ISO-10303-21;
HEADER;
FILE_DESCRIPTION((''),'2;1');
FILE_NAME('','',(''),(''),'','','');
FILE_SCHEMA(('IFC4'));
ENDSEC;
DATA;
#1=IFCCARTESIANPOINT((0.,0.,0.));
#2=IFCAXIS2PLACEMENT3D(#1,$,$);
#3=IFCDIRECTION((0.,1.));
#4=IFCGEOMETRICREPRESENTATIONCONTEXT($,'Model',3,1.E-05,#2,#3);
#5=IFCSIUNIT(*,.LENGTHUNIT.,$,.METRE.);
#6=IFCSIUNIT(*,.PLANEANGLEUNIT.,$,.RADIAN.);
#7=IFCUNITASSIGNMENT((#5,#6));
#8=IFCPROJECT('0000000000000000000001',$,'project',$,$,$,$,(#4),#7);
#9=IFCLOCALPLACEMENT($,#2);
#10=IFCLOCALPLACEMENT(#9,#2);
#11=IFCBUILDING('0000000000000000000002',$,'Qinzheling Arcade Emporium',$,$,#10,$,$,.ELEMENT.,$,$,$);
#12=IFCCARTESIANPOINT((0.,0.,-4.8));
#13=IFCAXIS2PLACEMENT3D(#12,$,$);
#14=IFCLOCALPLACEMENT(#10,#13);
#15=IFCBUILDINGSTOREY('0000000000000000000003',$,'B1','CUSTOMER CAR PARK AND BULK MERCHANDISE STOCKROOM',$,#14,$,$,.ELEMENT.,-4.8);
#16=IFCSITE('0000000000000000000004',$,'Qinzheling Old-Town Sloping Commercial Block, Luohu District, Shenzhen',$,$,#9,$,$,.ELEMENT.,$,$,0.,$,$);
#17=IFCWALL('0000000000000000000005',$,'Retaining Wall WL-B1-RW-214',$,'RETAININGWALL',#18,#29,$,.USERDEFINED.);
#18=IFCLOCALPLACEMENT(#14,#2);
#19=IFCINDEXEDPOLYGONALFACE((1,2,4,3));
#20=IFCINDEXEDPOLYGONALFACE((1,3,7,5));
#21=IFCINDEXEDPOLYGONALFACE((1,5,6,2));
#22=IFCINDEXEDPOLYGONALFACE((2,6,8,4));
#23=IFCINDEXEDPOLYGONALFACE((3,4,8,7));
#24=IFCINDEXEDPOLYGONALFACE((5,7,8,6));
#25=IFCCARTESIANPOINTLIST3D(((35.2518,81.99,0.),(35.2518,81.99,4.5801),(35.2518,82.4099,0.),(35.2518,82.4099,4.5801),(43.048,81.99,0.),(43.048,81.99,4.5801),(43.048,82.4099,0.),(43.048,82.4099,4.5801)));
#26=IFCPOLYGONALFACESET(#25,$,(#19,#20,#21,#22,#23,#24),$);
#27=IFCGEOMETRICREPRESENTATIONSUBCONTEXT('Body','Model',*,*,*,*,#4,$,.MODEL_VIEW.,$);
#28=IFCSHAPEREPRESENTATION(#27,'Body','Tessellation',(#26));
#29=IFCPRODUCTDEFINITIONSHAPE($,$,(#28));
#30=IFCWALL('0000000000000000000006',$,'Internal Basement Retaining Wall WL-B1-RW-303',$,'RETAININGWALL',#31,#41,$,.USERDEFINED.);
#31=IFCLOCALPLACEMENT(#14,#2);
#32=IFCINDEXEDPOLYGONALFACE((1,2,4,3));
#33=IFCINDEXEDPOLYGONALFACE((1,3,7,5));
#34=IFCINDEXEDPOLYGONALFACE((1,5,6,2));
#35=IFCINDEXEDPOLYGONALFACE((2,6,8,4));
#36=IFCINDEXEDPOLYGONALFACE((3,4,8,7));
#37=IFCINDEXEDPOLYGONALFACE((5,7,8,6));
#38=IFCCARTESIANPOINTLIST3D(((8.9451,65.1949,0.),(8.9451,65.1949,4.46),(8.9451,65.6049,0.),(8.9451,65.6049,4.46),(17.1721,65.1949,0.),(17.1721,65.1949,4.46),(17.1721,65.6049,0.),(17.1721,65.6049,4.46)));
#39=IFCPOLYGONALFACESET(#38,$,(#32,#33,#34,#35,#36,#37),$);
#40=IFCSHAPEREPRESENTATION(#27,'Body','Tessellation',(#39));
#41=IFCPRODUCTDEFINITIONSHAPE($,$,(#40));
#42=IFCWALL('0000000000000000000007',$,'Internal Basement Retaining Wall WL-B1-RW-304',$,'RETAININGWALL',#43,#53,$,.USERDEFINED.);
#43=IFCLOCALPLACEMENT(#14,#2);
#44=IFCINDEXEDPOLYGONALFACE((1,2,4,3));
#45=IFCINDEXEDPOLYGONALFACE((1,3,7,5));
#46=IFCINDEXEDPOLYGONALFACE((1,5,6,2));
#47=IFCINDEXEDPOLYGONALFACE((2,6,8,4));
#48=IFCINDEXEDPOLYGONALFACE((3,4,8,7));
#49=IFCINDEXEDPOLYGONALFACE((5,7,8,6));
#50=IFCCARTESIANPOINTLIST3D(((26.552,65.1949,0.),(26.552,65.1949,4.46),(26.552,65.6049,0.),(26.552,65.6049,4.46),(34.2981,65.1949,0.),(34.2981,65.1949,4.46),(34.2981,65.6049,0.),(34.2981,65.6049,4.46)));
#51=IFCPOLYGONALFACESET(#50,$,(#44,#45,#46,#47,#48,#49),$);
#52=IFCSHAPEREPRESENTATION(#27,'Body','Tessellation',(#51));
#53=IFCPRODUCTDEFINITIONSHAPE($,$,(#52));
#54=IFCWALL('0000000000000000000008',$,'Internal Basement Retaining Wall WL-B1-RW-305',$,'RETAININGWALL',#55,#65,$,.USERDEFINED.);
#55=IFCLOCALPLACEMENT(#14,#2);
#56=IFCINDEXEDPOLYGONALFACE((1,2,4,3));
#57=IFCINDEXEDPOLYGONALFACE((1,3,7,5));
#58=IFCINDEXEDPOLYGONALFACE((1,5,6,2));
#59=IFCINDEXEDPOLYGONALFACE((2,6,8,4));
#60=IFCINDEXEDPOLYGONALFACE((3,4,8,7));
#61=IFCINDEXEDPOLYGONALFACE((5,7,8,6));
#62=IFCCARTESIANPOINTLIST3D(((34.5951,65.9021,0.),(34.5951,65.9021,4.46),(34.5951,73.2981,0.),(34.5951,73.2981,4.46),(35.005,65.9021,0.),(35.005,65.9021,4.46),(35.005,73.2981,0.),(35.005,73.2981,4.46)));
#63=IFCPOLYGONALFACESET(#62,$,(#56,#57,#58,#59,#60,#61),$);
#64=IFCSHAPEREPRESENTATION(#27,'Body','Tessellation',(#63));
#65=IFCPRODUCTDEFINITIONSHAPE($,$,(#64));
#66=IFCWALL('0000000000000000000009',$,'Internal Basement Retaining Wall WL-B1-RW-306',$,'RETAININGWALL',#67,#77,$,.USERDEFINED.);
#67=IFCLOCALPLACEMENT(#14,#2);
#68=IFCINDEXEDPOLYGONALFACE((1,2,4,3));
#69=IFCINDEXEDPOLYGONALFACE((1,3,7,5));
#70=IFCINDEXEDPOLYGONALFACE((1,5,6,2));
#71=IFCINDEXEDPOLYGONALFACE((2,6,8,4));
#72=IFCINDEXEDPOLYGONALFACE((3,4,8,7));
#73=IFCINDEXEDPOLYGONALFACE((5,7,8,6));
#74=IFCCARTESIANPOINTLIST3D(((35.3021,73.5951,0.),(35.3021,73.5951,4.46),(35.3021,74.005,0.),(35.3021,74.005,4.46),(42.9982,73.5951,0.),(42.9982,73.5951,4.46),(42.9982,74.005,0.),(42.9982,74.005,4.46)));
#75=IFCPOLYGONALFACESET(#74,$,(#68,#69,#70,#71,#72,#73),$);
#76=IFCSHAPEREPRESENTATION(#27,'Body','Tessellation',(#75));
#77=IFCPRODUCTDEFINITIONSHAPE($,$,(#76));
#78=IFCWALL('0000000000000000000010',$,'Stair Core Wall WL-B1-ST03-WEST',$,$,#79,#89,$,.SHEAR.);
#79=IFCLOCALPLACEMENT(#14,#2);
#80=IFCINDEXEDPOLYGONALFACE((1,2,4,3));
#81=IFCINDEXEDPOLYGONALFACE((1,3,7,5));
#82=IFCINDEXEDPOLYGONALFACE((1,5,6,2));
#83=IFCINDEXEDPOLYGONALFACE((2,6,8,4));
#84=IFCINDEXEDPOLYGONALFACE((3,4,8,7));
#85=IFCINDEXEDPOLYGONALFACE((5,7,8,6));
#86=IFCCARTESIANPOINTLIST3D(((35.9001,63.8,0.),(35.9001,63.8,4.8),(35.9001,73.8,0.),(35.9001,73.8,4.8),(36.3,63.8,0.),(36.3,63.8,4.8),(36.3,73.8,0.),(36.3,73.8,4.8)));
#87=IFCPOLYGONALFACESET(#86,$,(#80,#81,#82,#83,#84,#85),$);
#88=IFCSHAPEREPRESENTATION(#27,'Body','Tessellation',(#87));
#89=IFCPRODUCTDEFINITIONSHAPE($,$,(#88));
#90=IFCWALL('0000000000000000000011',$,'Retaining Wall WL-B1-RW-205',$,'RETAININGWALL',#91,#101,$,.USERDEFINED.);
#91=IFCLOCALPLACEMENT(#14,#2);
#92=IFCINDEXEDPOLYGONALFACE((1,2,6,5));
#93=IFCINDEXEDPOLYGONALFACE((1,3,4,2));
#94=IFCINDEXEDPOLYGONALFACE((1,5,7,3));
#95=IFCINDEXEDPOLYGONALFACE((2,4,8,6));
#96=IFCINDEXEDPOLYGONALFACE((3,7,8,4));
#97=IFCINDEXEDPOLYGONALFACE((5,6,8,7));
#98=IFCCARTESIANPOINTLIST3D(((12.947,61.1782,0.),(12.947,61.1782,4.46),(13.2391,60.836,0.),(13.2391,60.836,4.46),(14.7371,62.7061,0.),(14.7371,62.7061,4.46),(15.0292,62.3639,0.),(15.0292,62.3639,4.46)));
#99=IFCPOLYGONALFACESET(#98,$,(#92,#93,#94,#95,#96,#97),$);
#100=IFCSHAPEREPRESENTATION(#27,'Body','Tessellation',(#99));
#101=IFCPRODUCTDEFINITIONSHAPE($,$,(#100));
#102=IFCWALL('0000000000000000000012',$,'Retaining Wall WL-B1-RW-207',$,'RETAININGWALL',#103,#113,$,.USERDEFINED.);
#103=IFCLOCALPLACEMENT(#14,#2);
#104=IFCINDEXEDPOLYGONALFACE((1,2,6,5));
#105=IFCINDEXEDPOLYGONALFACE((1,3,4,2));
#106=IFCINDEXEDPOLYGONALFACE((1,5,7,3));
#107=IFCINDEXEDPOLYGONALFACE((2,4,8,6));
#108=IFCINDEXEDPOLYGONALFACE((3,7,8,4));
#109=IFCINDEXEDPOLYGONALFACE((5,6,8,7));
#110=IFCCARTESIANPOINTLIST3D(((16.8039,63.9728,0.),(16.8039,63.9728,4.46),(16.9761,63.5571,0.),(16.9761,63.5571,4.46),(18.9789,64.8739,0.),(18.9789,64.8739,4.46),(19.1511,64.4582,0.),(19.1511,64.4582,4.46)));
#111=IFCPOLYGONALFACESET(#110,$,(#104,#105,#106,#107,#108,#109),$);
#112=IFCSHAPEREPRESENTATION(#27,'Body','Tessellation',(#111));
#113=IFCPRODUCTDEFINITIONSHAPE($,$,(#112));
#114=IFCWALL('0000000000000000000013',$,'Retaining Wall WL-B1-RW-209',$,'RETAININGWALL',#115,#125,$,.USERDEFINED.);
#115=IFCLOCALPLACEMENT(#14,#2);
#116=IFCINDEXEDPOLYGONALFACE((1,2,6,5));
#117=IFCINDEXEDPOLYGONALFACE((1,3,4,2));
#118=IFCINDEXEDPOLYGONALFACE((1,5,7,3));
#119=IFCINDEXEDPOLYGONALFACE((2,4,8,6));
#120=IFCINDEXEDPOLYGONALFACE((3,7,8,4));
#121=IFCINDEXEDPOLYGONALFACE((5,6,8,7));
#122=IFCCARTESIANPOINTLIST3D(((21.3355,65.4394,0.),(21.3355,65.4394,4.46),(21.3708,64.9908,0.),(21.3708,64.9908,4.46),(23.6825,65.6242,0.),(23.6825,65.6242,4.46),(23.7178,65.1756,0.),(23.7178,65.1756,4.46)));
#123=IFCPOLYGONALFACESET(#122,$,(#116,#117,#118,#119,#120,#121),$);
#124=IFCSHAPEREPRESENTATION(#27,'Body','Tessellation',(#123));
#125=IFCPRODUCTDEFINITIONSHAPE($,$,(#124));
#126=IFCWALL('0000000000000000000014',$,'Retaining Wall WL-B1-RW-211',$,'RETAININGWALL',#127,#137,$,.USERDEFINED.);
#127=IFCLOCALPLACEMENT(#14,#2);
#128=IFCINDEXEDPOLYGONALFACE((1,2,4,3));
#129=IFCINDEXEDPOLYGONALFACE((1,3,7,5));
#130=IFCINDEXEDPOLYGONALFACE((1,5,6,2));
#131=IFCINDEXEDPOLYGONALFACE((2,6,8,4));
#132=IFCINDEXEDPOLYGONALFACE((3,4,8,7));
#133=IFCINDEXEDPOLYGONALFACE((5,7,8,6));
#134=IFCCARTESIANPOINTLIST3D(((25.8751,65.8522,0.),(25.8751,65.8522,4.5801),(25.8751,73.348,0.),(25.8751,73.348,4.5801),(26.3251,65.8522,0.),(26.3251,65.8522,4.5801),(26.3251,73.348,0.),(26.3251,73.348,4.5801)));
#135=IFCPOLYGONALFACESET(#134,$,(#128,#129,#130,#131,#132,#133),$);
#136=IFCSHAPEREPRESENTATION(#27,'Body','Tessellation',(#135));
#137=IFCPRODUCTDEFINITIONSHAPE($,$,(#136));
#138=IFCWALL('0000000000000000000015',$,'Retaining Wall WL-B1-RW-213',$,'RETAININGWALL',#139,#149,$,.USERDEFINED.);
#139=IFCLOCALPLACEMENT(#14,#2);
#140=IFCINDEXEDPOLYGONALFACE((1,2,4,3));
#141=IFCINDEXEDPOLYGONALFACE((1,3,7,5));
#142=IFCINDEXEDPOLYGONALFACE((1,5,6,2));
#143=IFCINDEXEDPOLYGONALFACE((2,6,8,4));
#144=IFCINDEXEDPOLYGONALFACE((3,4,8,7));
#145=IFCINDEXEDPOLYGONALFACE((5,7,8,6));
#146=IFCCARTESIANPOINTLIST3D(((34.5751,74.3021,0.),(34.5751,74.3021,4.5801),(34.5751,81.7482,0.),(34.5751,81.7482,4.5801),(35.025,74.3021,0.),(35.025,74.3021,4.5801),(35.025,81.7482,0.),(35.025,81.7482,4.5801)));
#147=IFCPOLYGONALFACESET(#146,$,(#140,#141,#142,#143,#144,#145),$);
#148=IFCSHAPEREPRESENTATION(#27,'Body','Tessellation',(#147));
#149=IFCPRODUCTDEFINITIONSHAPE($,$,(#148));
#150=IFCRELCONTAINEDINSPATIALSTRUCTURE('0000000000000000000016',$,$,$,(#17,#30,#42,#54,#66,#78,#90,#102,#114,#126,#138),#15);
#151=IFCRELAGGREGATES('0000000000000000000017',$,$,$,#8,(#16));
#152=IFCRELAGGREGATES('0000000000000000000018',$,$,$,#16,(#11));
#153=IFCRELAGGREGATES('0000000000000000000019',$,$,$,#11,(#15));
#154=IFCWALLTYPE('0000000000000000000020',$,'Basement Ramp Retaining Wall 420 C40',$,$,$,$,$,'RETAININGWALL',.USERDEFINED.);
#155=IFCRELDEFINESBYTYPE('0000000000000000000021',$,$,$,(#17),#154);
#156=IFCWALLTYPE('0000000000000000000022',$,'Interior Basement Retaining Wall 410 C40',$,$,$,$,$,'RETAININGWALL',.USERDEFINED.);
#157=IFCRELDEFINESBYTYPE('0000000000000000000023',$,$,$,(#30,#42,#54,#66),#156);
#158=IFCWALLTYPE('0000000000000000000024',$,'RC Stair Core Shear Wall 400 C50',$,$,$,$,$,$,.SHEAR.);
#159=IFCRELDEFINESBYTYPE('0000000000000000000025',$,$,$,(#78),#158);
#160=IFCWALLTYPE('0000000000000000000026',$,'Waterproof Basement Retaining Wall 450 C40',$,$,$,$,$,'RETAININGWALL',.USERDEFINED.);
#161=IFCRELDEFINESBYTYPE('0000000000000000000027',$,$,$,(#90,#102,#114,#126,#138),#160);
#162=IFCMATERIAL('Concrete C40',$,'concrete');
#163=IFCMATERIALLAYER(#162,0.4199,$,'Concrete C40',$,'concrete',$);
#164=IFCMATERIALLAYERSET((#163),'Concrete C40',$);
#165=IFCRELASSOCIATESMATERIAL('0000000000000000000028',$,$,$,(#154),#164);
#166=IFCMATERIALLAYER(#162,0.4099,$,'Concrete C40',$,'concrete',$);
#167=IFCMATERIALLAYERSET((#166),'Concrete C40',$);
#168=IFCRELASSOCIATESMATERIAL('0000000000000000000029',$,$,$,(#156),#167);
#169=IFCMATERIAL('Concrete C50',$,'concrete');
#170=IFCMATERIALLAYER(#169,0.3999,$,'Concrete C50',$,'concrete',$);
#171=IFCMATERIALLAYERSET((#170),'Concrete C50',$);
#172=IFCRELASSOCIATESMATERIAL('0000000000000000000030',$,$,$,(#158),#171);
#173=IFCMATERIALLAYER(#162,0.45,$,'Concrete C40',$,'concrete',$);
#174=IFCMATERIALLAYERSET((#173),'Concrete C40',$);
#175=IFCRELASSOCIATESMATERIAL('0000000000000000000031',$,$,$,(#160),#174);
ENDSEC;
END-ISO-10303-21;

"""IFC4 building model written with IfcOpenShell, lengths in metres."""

from ifc_helpers import new_model, si_unit, direction, frame, frame_2d, origin, place, context, subcontext, project, spatial, rectangle, extrude, material, layer, layer_set, type_object, element, save


model = new_model("IFC4")

# Units and contexts
model_context = context("Model", 3, precision=1e-05, world=origin(), true_north=direction((0.0, 1.0)))
body_context = subcontext(model_context, "Body", "Model", "MODEL_VIEW")
ifc_project = project(units=[si_unit("LENGTHUNIT", "METRE"), si_unit("PLANEANGLEUNIT", "RADIAN")], contexts=[model_context])

# Site, building, storey
site_placement = place(None, origin())
site = spatial("IfcSite", under=ifc_project, at=site_placement, Name="Qinzheling Old-Town Sloping Commercial Block, Luohu District, Shenzhen", CompositionType="ELEMENT", RefElevation=0.0)
building_placement = place(site_placement, origin())
building = spatial("IfcBuilding", under=site, at=building_placement, Name="Qinzheling Arcade Emporium", CompositionType="ELEMENT")
storey_placement = place(building_placement, frame((0.0, 0.0, -4.8)))
storey = spatial("IfcBuildingStorey", under=building, at=storey_placement, Name="B1", Description="CUSTOMER CAR PARK AND BULK MERCHANDISE STOCKROOM", CompositionType="ELEMENT", Elevation=-4.8)

# Shared definitions
ifc_material_1 = material(Name="Concrete C50", Category="concrete")

# Shared definitions
ifc_material_2 = material(Name="Concrete C40", Category="concrete")

# Walls
ifc_layer_1 = layer(ifc_material_2, 0.4199, Name="Concrete C40", Category="concrete")
ifc_layer_set_1 = layer_set([ifc_layer_1], Name="Concrete C40")
wall_type_1 = type_object("IfcWallType", Name="Basement Ramp Retaining Wall 420 C40", ElementType="RETAININGWALL", PredefinedType="USERDEFINED", material=ifc_layer_set_1)
wall_1_placement = place(storey_placement, frame((35.252, 82.2, 0.0), z_axis=(0.0, 0.0, 1.0), x_axis=(1.0, 0.0, 0.0)))
element("IfcWall", 1, at=wall_1_placement, inside=storey, type_object=wall_type_1, Name="Retaining Wall WL-B1-RW-214", ObjectType="RETAININGWALL", PredefinedType="USERDEFINED", context=body_context, shape_type="SweptSolid", body=[
    extrude(rectangle(XDim=7.7961, YDim=0.4199, at=frame_2d((3.8979, 0.0))), origin(), (0.0, 0.0, 1.0), 4.5801),
])
ifc_layer_2 = layer(ifc_material_2, 0.4099, Name="Concrete C40", Category="concrete")
ifc_layer_set_2 = layer_set([ifc_layer_2], Name="Concrete C40")
wall_type_2 = type_object("IfcWallType", Name="Interior Basement Retaining Wall 410 C40", ElementType="RETAININGWALL", PredefinedType="USERDEFINED", material=ifc_layer_set_2)
wall_2_placement = place(storey_placement, frame((8.9451, 65.3999, 0.0), z_axis=(0.0, 0.0, 1.0), x_axis=(1.0, 0.0, 0.0)))
element("IfcWall", 2, at=wall_2_placement, inside=storey, type_object=wall_type_2, Name="Internal Basement Retaining Wall WL-B1-RW-303", ObjectType="RETAININGWALL", PredefinedType="USERDEFINED", context=body_context, shape_type="SweptSolid", body=[
    extrude(rectangle(XDim=8.2271, YDim=0.4099, at=frame_2d((4.1135, 0.0))), origin(), (0.0, 0.0, 1.0), 4.46),
])
wall_3_placement = place(storey_placement, frame((26.552, 65.3999, 0.0), z_axis=(0.0, 0.0, 1.0), x_axis=(1.0, 0.0, 0.0)))
element("IfcWall", 3, at=wall_3_placement, inside=storey, type_object=wall_type_2, Name="Internal Basement Retaining Wall WL-B1-RW-304", ObjectType="RETAININGWALL", PredefinedType="USERDEFINED", context=body_context, shape_type="SweptSolid", body=[
    extrude(rectangle(XDim=7.7461, YDim=0.4099, at=frame_2d((3.873, 0.0))), origin(), (0.0, 0.0, 1.0), 4.46),
])
wall_4_placement = place(storey_placement, frame((34.8, 65.9021, 0.0), z_axis=(0.0, 0.0, 1.0), x_axis=(0.0, 1.0, 0.0)))
element("IfcWall", 4, at=wall_4_placement, inside=storey, type_object=wall_type_2, Name="Internal Basement Retaining Wall WL-B1-RW-305", ObjectType="RETAININGWALL", PredefinedType="USERDEFINED", context=body_context, shape_type="SweptSolid", body=[
    extrude(rectangle(XDim=7.396, YDim=0.4099, at=frame_2d((3.698, 0.0))), origin(), (0.0, 0.0, 1.0), 4.46),
])
wall_5_placement = place(storey_placement, frame((35.302, 73.8, 0.0), z_axis=(0.0, 0.0, 1.0), x_axis=(1.0, 0.0, 0.0)))
element("IfcWall", 5, at=wall_5_placement, inside=storey, type_object=wall_type_2, Name="Internal Basement Retaining Wall WL-B1-RW-306", ObjectType="RETAININGWALL", PredefinedType="USERDEFINED", context=body_context, shape_type="SweptSolid", body=[
    extrude(rectangle(XDim=7.696, YDim=0.4099, at=frame_2d((3.8481, 0.0))), origin(), (0.0, 0.0, 1.0), 4.46),
])
ifc_layer_3 = layer(ifc_material_1, 0.3999, Name="Concrete C50", Category="concrete")
ifc_layer_set_3 = layer_set([ifc_layer_3], Name="Concrete C50")
wall_type_3 = type_object("IfcWallType", Name="RC Stair Core Shear Wall 400 C50", PredefinedType="SHEAR", material=ifc_layer_set_3)
wall_6_placement = place(storey_placement, frame((36.1001, 63.8, 0.0), z_axis=(0.0, 0.0, 1.0), x_axis=(0.0, 1.0, 0.0)))
element("IfcWall", 6, at=wall_6_placement, inside=storey, type_object=wall_type_3, Name="Stair Core Wall WL-B1-ST03-WEST", PredefinedType="SHEAR", context=body_context, shape_type="SweptSolid", body=[
    extrude(rectangle(XDim=10.0, YDim=0.3999, at=frame_2d((5.0, 0.0))), origin(), (0.0, 0.0, 1.0), 4.8),
])
ifc_layer_4 = layer(ifc_material_2, 0.45, Name="Concrete C40", Category="concrete")
ifc_layer_set_4 = layer_set([ifc_layer_4], Name="Concrete C40")
wall_type_4 = type_object("IfcWallType", Name="Waterproof Basement Retaining Wall 450 C40", ElementType="RETAININGWALL", PredefinedType="USERDEFINED", material=ifc_layer_set_4)
wall_7_placement = place(storey_placement, frame((13.093, 61.0071, 0.0), z_axis=(0.0, 0.0, 1.0), x_axis=(0.760617, 0.649201, 0.0)))
element("IfcWall", 7, at=wall_7_placement, inside=storey, type_object=wall_type_4, Name="Retaining Wall WL-B1-RW-205", ObjectType="RETAININGWALL", PredefinedType="USERDEFINED", context=body_context, shape_type="SweptSolid", body=[
    extrude(rectangle(XDim=2.3535, YDim=0.45, at=frame_2d((1.1768, 0.0))), origin(), (0.0, 0.0, 1.0), 4.46),
])
for number, where, z_axis, x_axis, name in (
    (8, (16.8899, 63.7649, 0.0), (0.0, 0.0, 1.0), (0.923851, 0.382752, 0.0), "Retaining Wall WL-B1-RW-207"),
    (9, (21.353, 65.2151, 0.0), (0.0, 0.0, 1.0), (0.996914, 0.078504, 0.0), "Retaining Wall WL-B1-RW-209"),
):
    element("IfcWall", number, at=place(storey_placement, frame(where, z_axis=z_axis, x_axis=x_axis)), inside=storey, type_object=wall_type_4, Name=name, ObjectType="RETAININGWALL", PredefinedType="USERDEFINED", context=body_context, shape_type="SweptSolid", body=[
        extrude(rectangle(XDim=2.3542, YDim=0.45, at=frame_2d((1.1772, 0.0))), origin(), (0.0, 0.0, 1.0), 4.46),
    ])
wall_8_placement = place(storey_placement, frame((26.1001, 65.8521, 0.0), z_axis=(0.0, 0.0, 1.0), x_axis=(0.0, 1.0, 0.0)))
element("IfcWall", 10, at=wall_8_placement, inside=storey, type_object=wall_type_4, Name="Retaining Wall WL-B1-RW-211", ObjectType="RETAININGWALL", PredefinedType="USERDEFINED", context=body_context, shape_type="SweptSolid", body=[
    extrude(rectangle(XDim=7.4958, YDim=0.45, at=frame_2d((3.748, 0.0))), origin(), (0.0, 0.0, 1.0), 4.5801),
])
wall_9_placement = place(storey_placement, frame((34.8, 74.302, 0.0), z_axis=(0.0, 0.0, 1.0), x_axis=(0.0, 1.0, 0.0)))
element("IfcWall", 11, at=wall_9_placement, inside=storey, type_object=wall_type_4, Name="Retaining Wall WL-B1-RW-213", ObjectType="RETAININGWALL", PredefinedType="USERDEFINED", context=body_context, shape_type="SweptSolid", body=[
    extrude(rectangle(XDim=7.446, YDim=0.45, at=frame_2d((3.7231, 0.0))), origin(), (0.0, 0.0, 1.0), 4.5801),
])

save(model, "model.ifc")
